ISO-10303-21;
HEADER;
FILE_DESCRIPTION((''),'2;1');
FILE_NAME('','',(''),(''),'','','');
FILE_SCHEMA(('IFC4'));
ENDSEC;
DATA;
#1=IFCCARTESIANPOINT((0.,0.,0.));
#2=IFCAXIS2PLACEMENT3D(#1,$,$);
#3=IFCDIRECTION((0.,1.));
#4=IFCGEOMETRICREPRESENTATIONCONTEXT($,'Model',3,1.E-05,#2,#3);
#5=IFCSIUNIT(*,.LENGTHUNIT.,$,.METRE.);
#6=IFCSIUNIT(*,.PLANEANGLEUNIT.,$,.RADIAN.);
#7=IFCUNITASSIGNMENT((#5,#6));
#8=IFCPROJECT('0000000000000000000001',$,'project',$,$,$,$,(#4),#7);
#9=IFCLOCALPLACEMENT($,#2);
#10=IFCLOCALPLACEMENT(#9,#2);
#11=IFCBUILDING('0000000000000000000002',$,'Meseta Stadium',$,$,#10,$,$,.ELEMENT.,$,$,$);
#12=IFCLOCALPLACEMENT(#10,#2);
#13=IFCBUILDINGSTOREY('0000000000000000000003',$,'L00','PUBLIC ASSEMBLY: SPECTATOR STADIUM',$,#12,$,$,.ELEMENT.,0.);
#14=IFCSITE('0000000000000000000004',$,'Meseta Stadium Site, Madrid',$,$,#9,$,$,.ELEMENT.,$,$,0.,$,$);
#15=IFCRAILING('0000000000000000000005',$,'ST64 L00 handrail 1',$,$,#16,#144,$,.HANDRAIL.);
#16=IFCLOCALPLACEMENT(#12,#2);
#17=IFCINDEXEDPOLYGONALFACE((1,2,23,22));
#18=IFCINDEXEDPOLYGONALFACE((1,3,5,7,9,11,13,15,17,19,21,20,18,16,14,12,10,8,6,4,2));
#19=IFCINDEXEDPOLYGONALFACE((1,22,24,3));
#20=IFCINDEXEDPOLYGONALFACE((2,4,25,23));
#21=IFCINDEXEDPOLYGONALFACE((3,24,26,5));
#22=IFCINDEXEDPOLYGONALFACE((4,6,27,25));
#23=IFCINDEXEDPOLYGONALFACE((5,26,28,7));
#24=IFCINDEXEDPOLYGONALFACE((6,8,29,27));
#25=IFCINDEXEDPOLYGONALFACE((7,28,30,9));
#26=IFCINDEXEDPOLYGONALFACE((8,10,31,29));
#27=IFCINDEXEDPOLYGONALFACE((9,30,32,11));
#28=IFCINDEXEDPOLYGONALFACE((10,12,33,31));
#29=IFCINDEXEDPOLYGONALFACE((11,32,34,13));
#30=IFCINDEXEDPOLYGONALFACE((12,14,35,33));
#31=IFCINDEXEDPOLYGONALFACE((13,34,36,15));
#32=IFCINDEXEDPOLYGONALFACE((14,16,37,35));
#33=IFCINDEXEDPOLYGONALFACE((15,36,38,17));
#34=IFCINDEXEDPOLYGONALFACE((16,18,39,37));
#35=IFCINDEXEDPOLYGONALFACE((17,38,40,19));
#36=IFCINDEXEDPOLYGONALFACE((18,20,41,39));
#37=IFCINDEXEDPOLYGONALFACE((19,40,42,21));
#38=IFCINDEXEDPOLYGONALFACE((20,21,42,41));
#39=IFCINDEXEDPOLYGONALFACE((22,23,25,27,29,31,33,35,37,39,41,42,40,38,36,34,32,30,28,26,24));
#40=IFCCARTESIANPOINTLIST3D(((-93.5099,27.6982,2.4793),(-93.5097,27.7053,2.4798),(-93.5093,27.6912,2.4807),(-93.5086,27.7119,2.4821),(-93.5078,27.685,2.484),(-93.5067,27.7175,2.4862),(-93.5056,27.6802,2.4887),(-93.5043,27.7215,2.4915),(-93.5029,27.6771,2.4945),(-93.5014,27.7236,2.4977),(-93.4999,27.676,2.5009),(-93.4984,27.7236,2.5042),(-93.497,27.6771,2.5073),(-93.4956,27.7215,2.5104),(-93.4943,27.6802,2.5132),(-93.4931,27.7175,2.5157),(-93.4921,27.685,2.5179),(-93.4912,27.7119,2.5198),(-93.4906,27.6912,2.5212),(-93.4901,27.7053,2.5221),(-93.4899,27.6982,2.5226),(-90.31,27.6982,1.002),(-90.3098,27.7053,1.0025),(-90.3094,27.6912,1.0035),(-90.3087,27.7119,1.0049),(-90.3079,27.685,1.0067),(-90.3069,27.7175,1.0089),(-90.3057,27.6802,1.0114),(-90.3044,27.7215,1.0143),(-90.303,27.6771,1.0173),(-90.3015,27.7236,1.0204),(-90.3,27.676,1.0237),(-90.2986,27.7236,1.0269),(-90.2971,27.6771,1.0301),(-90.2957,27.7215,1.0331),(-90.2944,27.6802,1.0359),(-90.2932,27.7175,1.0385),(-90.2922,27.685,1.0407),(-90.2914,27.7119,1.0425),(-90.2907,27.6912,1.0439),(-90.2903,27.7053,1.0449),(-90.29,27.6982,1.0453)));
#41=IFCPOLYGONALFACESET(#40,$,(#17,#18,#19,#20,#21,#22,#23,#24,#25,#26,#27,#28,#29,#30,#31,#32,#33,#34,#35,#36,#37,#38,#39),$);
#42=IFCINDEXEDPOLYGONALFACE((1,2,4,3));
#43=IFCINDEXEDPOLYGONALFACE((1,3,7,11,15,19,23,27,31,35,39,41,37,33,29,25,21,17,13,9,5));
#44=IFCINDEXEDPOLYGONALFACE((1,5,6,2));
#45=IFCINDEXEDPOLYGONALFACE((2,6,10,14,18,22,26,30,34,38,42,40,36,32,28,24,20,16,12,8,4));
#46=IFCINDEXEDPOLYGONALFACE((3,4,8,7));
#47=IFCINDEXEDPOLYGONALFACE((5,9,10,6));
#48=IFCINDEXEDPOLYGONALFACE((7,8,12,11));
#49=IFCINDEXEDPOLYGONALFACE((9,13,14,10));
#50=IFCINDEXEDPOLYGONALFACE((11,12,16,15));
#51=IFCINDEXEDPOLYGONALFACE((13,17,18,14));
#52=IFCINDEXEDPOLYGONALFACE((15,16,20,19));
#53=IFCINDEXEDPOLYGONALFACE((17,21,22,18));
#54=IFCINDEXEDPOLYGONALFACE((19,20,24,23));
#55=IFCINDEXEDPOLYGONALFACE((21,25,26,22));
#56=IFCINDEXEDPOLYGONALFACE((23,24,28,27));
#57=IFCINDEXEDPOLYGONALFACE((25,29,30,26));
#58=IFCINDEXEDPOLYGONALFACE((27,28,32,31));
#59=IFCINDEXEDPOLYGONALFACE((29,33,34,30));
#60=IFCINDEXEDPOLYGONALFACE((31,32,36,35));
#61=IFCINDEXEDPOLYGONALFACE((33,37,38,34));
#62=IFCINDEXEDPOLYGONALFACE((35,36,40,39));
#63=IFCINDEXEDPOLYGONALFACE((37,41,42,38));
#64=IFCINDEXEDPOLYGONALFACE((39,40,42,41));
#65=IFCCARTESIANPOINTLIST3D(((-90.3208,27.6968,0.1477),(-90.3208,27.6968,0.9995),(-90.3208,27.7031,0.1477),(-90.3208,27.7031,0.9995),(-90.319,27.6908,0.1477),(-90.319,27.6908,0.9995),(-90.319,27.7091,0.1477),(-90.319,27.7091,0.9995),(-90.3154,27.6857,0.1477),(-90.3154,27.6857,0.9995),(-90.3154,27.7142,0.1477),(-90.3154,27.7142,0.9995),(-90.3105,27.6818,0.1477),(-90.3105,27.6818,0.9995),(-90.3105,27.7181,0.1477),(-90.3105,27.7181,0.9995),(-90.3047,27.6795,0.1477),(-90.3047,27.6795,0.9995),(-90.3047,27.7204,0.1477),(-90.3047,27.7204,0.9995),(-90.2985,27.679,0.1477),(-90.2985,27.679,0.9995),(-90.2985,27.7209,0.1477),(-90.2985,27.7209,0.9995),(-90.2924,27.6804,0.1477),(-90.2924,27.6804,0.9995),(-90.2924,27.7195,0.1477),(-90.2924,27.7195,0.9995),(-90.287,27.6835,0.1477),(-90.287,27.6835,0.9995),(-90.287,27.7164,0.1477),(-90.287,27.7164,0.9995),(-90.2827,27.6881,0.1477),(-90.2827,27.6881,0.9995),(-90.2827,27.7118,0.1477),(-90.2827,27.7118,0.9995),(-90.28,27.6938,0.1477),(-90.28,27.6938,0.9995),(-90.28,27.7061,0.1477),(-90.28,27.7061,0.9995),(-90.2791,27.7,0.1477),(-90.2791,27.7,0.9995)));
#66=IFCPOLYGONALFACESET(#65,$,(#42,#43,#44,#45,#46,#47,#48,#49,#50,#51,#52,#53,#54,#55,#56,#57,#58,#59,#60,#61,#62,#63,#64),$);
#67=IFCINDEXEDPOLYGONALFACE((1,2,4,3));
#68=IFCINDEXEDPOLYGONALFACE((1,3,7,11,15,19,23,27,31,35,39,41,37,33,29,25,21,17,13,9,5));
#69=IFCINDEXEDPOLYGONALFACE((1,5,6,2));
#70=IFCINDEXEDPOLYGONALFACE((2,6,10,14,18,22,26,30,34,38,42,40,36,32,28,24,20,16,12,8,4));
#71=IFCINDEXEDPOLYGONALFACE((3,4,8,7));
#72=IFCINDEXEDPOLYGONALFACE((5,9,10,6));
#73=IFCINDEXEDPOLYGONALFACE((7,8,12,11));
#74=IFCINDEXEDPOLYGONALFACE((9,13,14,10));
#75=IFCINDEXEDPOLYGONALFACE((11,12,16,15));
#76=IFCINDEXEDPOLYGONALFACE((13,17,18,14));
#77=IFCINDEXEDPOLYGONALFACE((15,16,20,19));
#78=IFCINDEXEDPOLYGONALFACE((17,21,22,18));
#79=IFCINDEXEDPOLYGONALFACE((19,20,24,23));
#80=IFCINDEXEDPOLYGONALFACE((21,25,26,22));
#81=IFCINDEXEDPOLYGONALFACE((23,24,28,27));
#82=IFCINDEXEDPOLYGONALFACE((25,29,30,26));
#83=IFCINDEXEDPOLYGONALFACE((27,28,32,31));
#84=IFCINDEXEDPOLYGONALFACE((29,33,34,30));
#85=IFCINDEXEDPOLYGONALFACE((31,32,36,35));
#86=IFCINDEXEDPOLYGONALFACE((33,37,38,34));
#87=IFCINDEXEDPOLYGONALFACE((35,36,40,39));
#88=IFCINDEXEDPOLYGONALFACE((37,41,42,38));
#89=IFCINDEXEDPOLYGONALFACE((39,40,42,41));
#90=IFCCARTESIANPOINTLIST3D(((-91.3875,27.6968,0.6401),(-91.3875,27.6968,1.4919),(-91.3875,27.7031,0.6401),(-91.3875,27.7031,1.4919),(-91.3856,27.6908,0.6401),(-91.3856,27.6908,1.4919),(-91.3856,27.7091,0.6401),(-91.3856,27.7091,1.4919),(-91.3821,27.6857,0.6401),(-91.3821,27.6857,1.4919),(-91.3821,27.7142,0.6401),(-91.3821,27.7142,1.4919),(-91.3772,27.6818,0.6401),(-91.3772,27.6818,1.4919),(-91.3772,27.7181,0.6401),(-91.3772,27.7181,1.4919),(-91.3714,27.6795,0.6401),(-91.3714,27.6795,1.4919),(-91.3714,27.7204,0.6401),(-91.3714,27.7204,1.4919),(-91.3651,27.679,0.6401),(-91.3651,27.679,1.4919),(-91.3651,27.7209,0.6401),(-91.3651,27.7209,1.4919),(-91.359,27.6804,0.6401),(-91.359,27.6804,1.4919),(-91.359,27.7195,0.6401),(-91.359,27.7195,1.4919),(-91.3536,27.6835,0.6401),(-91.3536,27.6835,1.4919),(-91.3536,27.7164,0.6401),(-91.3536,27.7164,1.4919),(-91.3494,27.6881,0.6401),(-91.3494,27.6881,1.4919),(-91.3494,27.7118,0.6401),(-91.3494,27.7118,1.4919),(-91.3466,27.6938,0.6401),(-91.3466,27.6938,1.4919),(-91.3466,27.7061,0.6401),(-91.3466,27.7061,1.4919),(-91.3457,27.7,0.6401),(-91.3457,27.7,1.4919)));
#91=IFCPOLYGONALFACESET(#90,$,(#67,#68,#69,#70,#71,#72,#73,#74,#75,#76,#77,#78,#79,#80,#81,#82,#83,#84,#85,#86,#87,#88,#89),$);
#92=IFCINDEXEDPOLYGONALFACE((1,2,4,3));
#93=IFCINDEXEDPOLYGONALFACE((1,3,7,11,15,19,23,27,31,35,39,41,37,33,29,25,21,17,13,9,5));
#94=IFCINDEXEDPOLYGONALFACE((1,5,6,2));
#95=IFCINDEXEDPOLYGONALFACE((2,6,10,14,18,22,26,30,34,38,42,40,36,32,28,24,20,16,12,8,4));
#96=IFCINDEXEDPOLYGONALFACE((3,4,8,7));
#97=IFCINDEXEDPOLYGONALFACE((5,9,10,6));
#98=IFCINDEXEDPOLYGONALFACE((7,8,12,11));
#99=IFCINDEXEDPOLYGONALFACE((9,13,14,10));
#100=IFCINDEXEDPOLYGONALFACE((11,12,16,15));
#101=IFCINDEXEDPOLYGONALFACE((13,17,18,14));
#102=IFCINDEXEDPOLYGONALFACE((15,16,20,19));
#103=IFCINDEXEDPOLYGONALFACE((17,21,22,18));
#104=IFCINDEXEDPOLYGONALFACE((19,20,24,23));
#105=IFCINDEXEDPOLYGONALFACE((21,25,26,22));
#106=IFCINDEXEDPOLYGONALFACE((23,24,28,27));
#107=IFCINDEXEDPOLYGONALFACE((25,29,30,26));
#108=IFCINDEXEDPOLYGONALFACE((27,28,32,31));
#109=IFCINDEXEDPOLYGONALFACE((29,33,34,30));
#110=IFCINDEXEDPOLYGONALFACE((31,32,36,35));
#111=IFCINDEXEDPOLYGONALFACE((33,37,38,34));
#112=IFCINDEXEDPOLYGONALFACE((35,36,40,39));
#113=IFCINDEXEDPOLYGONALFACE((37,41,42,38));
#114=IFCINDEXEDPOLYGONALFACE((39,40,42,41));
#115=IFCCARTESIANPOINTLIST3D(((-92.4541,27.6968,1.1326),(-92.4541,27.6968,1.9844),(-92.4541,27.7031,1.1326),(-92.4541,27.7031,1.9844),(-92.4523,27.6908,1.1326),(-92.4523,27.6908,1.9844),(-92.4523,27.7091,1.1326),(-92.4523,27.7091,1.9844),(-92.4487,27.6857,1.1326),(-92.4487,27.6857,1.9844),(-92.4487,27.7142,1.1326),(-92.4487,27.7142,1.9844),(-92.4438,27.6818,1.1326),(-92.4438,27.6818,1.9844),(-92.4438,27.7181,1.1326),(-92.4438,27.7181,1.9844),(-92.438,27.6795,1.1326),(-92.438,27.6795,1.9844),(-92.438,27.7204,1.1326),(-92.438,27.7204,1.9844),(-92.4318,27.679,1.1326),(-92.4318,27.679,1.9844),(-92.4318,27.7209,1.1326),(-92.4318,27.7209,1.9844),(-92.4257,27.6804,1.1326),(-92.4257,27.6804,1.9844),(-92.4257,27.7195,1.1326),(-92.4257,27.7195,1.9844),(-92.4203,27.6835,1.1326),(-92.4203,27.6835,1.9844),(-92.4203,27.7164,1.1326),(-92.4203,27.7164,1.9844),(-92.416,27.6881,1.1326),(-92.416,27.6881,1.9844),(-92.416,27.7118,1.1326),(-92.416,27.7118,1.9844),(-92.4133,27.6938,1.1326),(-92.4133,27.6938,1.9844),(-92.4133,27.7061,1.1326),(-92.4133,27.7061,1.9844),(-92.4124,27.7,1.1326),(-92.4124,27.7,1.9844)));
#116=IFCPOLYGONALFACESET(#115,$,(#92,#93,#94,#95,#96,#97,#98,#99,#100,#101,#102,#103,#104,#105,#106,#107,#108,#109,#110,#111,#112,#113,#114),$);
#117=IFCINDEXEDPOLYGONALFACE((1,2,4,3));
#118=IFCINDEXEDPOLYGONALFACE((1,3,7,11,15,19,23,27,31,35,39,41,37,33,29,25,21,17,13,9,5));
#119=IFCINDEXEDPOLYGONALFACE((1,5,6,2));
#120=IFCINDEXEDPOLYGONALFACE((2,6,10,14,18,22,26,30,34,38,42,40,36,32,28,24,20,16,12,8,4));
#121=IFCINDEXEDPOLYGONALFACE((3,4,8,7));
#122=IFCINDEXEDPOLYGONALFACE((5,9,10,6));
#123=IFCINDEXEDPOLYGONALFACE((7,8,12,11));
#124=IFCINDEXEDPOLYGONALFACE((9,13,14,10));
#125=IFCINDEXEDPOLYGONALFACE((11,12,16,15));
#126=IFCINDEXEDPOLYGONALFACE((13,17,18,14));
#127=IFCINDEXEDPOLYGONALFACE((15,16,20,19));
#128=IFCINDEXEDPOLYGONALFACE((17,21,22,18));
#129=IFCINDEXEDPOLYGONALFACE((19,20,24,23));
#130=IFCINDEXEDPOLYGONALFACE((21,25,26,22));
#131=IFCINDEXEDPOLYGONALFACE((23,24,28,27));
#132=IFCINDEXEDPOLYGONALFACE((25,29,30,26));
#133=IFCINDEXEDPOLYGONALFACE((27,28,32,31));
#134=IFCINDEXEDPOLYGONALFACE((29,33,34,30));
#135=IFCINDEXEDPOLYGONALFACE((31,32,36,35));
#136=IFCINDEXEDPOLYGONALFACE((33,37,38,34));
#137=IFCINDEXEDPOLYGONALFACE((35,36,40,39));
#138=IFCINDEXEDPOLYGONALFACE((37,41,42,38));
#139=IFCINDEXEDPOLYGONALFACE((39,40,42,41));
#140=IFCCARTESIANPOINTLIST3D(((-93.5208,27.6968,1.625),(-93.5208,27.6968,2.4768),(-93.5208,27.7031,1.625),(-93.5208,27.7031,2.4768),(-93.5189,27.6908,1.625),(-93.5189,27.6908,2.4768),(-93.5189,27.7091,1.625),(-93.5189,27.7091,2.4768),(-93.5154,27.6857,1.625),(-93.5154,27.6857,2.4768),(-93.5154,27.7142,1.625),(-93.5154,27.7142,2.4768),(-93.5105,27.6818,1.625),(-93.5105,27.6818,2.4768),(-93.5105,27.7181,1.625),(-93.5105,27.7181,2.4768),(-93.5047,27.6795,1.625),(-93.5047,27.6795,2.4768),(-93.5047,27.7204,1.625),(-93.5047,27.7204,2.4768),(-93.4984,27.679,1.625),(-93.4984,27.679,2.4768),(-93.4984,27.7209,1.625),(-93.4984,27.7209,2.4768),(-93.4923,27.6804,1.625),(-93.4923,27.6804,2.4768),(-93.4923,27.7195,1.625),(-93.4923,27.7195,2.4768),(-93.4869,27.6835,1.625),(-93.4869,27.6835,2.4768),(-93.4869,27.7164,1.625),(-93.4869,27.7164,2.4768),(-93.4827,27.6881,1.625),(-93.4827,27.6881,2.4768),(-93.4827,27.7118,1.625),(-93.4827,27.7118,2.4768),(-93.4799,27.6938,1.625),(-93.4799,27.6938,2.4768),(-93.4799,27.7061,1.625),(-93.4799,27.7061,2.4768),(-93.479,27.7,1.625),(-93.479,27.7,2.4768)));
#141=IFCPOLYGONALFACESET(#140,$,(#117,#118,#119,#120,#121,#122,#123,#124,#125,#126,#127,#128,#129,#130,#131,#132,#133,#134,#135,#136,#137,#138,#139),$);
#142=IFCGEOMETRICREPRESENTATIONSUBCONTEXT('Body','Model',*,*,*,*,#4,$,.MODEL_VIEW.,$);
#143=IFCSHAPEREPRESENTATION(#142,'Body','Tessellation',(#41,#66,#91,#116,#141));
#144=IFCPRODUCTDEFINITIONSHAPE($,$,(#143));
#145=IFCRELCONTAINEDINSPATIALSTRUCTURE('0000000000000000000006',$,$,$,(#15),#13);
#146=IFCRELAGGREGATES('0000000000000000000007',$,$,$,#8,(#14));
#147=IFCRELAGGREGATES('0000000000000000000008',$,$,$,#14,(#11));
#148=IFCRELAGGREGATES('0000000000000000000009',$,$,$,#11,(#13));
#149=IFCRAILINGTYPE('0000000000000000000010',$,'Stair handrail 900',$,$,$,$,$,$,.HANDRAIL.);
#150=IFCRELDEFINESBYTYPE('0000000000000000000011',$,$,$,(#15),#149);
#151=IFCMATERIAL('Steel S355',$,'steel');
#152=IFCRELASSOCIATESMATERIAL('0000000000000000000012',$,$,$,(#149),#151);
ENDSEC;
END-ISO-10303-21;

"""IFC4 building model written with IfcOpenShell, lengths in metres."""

from ifc_helpers import new_model, si_unit, direction, frame, origin, origin_2d, place, context, subcontext, project, spatial, circle, extrude, material, type_object, element, save


model = new_model("IFC4")

# Units and contexts
model_context = context("Model", 3, precision=1e-05, world=origin(), true_north=direction((0.0, 1.0)))
body_context = subcontext(model_context, "Body", "Model", "MODEL_VIEW")
ifc_project = project(units=[si_unit("LENGTHUNIT", "METRE"), si_unit("PLANEANGLEUNIT", "RADIAN")], contexts=[model_context])

# Site, building, storey
site_placement = place(None, origin())
site = spatial("IfcSite", under=ifc_project, at=site_placement, Name="Meseta Stadium Site, Madrid", CompositionType="ELEMENT", RefElevation=0.0)
building_placement = place(site_placement, origin())
building = spatial("IfcBuilding", under=site, at=building_placement, Name="Meseta Stadium", CompositionType="ELEMENT")
storey_placement = place(building_placement, origin())
storey = spatial("IfcBuildingStorey", under=building, at=storey_placement, Name="L00", Description="PUBLIC ASSEMBLY: SPECTATOR STADIUM", CompositionType="ELEMENT", Elevation=0.0)

# Railing
ifc_material_1 = material(Name="Steel S355", Category="steel")
railing_type_1 = type_object("IfcRailingType", Name="Stair handrail 900", PredefinedType="HANDRAIL", material=ifc_material_1)
for number, where, name in (
    (1, (-90.3, 27.7, 0.1477), "ST64 L00 handrail 1"),
):
    element("IfcRailing", number, at=place(storey_placement, frame(where)), inside=storey, type_object=railing_type_1, Name=name, PredefinedType="HANDRAIL", context=body_context, shape_type="SweptSolid", body=[
        extrude(circle(Radius=0.0239, at=origin_2d()), frame((0.0, 0.0, 0.876), z_axis=(-0.907917, 0.0, 0.41915), x_axis=(0.0, -1.0, 0.0)), (0.0, 0.0, 1.0), 3.5244),
        extrude(circle(Radius=0.021, at=origin_2d()), origin(), (0.0, 0.0, 1.0), 0.8518),
        extrude(circle(Radius=0.021, at=origin_2d()), frame((-1.0667, 0.0, 0.4924)), (0.0, 0.0, 1.0), 0.8518),
        extrude(circle(Radius=0.021, at=origin_2d()), frame((-2.1333, 0.0, 0.9849)), (0.0, 0.0, 1.0), 0.8518),
        extrude(circle(Radius=0.021, at=origin_2d()), frame((-3.2, 0.0, 1.4773)), (0.0, 0.0, 1.0), 0.8518),
    ])

save(model, "model.ifc")
